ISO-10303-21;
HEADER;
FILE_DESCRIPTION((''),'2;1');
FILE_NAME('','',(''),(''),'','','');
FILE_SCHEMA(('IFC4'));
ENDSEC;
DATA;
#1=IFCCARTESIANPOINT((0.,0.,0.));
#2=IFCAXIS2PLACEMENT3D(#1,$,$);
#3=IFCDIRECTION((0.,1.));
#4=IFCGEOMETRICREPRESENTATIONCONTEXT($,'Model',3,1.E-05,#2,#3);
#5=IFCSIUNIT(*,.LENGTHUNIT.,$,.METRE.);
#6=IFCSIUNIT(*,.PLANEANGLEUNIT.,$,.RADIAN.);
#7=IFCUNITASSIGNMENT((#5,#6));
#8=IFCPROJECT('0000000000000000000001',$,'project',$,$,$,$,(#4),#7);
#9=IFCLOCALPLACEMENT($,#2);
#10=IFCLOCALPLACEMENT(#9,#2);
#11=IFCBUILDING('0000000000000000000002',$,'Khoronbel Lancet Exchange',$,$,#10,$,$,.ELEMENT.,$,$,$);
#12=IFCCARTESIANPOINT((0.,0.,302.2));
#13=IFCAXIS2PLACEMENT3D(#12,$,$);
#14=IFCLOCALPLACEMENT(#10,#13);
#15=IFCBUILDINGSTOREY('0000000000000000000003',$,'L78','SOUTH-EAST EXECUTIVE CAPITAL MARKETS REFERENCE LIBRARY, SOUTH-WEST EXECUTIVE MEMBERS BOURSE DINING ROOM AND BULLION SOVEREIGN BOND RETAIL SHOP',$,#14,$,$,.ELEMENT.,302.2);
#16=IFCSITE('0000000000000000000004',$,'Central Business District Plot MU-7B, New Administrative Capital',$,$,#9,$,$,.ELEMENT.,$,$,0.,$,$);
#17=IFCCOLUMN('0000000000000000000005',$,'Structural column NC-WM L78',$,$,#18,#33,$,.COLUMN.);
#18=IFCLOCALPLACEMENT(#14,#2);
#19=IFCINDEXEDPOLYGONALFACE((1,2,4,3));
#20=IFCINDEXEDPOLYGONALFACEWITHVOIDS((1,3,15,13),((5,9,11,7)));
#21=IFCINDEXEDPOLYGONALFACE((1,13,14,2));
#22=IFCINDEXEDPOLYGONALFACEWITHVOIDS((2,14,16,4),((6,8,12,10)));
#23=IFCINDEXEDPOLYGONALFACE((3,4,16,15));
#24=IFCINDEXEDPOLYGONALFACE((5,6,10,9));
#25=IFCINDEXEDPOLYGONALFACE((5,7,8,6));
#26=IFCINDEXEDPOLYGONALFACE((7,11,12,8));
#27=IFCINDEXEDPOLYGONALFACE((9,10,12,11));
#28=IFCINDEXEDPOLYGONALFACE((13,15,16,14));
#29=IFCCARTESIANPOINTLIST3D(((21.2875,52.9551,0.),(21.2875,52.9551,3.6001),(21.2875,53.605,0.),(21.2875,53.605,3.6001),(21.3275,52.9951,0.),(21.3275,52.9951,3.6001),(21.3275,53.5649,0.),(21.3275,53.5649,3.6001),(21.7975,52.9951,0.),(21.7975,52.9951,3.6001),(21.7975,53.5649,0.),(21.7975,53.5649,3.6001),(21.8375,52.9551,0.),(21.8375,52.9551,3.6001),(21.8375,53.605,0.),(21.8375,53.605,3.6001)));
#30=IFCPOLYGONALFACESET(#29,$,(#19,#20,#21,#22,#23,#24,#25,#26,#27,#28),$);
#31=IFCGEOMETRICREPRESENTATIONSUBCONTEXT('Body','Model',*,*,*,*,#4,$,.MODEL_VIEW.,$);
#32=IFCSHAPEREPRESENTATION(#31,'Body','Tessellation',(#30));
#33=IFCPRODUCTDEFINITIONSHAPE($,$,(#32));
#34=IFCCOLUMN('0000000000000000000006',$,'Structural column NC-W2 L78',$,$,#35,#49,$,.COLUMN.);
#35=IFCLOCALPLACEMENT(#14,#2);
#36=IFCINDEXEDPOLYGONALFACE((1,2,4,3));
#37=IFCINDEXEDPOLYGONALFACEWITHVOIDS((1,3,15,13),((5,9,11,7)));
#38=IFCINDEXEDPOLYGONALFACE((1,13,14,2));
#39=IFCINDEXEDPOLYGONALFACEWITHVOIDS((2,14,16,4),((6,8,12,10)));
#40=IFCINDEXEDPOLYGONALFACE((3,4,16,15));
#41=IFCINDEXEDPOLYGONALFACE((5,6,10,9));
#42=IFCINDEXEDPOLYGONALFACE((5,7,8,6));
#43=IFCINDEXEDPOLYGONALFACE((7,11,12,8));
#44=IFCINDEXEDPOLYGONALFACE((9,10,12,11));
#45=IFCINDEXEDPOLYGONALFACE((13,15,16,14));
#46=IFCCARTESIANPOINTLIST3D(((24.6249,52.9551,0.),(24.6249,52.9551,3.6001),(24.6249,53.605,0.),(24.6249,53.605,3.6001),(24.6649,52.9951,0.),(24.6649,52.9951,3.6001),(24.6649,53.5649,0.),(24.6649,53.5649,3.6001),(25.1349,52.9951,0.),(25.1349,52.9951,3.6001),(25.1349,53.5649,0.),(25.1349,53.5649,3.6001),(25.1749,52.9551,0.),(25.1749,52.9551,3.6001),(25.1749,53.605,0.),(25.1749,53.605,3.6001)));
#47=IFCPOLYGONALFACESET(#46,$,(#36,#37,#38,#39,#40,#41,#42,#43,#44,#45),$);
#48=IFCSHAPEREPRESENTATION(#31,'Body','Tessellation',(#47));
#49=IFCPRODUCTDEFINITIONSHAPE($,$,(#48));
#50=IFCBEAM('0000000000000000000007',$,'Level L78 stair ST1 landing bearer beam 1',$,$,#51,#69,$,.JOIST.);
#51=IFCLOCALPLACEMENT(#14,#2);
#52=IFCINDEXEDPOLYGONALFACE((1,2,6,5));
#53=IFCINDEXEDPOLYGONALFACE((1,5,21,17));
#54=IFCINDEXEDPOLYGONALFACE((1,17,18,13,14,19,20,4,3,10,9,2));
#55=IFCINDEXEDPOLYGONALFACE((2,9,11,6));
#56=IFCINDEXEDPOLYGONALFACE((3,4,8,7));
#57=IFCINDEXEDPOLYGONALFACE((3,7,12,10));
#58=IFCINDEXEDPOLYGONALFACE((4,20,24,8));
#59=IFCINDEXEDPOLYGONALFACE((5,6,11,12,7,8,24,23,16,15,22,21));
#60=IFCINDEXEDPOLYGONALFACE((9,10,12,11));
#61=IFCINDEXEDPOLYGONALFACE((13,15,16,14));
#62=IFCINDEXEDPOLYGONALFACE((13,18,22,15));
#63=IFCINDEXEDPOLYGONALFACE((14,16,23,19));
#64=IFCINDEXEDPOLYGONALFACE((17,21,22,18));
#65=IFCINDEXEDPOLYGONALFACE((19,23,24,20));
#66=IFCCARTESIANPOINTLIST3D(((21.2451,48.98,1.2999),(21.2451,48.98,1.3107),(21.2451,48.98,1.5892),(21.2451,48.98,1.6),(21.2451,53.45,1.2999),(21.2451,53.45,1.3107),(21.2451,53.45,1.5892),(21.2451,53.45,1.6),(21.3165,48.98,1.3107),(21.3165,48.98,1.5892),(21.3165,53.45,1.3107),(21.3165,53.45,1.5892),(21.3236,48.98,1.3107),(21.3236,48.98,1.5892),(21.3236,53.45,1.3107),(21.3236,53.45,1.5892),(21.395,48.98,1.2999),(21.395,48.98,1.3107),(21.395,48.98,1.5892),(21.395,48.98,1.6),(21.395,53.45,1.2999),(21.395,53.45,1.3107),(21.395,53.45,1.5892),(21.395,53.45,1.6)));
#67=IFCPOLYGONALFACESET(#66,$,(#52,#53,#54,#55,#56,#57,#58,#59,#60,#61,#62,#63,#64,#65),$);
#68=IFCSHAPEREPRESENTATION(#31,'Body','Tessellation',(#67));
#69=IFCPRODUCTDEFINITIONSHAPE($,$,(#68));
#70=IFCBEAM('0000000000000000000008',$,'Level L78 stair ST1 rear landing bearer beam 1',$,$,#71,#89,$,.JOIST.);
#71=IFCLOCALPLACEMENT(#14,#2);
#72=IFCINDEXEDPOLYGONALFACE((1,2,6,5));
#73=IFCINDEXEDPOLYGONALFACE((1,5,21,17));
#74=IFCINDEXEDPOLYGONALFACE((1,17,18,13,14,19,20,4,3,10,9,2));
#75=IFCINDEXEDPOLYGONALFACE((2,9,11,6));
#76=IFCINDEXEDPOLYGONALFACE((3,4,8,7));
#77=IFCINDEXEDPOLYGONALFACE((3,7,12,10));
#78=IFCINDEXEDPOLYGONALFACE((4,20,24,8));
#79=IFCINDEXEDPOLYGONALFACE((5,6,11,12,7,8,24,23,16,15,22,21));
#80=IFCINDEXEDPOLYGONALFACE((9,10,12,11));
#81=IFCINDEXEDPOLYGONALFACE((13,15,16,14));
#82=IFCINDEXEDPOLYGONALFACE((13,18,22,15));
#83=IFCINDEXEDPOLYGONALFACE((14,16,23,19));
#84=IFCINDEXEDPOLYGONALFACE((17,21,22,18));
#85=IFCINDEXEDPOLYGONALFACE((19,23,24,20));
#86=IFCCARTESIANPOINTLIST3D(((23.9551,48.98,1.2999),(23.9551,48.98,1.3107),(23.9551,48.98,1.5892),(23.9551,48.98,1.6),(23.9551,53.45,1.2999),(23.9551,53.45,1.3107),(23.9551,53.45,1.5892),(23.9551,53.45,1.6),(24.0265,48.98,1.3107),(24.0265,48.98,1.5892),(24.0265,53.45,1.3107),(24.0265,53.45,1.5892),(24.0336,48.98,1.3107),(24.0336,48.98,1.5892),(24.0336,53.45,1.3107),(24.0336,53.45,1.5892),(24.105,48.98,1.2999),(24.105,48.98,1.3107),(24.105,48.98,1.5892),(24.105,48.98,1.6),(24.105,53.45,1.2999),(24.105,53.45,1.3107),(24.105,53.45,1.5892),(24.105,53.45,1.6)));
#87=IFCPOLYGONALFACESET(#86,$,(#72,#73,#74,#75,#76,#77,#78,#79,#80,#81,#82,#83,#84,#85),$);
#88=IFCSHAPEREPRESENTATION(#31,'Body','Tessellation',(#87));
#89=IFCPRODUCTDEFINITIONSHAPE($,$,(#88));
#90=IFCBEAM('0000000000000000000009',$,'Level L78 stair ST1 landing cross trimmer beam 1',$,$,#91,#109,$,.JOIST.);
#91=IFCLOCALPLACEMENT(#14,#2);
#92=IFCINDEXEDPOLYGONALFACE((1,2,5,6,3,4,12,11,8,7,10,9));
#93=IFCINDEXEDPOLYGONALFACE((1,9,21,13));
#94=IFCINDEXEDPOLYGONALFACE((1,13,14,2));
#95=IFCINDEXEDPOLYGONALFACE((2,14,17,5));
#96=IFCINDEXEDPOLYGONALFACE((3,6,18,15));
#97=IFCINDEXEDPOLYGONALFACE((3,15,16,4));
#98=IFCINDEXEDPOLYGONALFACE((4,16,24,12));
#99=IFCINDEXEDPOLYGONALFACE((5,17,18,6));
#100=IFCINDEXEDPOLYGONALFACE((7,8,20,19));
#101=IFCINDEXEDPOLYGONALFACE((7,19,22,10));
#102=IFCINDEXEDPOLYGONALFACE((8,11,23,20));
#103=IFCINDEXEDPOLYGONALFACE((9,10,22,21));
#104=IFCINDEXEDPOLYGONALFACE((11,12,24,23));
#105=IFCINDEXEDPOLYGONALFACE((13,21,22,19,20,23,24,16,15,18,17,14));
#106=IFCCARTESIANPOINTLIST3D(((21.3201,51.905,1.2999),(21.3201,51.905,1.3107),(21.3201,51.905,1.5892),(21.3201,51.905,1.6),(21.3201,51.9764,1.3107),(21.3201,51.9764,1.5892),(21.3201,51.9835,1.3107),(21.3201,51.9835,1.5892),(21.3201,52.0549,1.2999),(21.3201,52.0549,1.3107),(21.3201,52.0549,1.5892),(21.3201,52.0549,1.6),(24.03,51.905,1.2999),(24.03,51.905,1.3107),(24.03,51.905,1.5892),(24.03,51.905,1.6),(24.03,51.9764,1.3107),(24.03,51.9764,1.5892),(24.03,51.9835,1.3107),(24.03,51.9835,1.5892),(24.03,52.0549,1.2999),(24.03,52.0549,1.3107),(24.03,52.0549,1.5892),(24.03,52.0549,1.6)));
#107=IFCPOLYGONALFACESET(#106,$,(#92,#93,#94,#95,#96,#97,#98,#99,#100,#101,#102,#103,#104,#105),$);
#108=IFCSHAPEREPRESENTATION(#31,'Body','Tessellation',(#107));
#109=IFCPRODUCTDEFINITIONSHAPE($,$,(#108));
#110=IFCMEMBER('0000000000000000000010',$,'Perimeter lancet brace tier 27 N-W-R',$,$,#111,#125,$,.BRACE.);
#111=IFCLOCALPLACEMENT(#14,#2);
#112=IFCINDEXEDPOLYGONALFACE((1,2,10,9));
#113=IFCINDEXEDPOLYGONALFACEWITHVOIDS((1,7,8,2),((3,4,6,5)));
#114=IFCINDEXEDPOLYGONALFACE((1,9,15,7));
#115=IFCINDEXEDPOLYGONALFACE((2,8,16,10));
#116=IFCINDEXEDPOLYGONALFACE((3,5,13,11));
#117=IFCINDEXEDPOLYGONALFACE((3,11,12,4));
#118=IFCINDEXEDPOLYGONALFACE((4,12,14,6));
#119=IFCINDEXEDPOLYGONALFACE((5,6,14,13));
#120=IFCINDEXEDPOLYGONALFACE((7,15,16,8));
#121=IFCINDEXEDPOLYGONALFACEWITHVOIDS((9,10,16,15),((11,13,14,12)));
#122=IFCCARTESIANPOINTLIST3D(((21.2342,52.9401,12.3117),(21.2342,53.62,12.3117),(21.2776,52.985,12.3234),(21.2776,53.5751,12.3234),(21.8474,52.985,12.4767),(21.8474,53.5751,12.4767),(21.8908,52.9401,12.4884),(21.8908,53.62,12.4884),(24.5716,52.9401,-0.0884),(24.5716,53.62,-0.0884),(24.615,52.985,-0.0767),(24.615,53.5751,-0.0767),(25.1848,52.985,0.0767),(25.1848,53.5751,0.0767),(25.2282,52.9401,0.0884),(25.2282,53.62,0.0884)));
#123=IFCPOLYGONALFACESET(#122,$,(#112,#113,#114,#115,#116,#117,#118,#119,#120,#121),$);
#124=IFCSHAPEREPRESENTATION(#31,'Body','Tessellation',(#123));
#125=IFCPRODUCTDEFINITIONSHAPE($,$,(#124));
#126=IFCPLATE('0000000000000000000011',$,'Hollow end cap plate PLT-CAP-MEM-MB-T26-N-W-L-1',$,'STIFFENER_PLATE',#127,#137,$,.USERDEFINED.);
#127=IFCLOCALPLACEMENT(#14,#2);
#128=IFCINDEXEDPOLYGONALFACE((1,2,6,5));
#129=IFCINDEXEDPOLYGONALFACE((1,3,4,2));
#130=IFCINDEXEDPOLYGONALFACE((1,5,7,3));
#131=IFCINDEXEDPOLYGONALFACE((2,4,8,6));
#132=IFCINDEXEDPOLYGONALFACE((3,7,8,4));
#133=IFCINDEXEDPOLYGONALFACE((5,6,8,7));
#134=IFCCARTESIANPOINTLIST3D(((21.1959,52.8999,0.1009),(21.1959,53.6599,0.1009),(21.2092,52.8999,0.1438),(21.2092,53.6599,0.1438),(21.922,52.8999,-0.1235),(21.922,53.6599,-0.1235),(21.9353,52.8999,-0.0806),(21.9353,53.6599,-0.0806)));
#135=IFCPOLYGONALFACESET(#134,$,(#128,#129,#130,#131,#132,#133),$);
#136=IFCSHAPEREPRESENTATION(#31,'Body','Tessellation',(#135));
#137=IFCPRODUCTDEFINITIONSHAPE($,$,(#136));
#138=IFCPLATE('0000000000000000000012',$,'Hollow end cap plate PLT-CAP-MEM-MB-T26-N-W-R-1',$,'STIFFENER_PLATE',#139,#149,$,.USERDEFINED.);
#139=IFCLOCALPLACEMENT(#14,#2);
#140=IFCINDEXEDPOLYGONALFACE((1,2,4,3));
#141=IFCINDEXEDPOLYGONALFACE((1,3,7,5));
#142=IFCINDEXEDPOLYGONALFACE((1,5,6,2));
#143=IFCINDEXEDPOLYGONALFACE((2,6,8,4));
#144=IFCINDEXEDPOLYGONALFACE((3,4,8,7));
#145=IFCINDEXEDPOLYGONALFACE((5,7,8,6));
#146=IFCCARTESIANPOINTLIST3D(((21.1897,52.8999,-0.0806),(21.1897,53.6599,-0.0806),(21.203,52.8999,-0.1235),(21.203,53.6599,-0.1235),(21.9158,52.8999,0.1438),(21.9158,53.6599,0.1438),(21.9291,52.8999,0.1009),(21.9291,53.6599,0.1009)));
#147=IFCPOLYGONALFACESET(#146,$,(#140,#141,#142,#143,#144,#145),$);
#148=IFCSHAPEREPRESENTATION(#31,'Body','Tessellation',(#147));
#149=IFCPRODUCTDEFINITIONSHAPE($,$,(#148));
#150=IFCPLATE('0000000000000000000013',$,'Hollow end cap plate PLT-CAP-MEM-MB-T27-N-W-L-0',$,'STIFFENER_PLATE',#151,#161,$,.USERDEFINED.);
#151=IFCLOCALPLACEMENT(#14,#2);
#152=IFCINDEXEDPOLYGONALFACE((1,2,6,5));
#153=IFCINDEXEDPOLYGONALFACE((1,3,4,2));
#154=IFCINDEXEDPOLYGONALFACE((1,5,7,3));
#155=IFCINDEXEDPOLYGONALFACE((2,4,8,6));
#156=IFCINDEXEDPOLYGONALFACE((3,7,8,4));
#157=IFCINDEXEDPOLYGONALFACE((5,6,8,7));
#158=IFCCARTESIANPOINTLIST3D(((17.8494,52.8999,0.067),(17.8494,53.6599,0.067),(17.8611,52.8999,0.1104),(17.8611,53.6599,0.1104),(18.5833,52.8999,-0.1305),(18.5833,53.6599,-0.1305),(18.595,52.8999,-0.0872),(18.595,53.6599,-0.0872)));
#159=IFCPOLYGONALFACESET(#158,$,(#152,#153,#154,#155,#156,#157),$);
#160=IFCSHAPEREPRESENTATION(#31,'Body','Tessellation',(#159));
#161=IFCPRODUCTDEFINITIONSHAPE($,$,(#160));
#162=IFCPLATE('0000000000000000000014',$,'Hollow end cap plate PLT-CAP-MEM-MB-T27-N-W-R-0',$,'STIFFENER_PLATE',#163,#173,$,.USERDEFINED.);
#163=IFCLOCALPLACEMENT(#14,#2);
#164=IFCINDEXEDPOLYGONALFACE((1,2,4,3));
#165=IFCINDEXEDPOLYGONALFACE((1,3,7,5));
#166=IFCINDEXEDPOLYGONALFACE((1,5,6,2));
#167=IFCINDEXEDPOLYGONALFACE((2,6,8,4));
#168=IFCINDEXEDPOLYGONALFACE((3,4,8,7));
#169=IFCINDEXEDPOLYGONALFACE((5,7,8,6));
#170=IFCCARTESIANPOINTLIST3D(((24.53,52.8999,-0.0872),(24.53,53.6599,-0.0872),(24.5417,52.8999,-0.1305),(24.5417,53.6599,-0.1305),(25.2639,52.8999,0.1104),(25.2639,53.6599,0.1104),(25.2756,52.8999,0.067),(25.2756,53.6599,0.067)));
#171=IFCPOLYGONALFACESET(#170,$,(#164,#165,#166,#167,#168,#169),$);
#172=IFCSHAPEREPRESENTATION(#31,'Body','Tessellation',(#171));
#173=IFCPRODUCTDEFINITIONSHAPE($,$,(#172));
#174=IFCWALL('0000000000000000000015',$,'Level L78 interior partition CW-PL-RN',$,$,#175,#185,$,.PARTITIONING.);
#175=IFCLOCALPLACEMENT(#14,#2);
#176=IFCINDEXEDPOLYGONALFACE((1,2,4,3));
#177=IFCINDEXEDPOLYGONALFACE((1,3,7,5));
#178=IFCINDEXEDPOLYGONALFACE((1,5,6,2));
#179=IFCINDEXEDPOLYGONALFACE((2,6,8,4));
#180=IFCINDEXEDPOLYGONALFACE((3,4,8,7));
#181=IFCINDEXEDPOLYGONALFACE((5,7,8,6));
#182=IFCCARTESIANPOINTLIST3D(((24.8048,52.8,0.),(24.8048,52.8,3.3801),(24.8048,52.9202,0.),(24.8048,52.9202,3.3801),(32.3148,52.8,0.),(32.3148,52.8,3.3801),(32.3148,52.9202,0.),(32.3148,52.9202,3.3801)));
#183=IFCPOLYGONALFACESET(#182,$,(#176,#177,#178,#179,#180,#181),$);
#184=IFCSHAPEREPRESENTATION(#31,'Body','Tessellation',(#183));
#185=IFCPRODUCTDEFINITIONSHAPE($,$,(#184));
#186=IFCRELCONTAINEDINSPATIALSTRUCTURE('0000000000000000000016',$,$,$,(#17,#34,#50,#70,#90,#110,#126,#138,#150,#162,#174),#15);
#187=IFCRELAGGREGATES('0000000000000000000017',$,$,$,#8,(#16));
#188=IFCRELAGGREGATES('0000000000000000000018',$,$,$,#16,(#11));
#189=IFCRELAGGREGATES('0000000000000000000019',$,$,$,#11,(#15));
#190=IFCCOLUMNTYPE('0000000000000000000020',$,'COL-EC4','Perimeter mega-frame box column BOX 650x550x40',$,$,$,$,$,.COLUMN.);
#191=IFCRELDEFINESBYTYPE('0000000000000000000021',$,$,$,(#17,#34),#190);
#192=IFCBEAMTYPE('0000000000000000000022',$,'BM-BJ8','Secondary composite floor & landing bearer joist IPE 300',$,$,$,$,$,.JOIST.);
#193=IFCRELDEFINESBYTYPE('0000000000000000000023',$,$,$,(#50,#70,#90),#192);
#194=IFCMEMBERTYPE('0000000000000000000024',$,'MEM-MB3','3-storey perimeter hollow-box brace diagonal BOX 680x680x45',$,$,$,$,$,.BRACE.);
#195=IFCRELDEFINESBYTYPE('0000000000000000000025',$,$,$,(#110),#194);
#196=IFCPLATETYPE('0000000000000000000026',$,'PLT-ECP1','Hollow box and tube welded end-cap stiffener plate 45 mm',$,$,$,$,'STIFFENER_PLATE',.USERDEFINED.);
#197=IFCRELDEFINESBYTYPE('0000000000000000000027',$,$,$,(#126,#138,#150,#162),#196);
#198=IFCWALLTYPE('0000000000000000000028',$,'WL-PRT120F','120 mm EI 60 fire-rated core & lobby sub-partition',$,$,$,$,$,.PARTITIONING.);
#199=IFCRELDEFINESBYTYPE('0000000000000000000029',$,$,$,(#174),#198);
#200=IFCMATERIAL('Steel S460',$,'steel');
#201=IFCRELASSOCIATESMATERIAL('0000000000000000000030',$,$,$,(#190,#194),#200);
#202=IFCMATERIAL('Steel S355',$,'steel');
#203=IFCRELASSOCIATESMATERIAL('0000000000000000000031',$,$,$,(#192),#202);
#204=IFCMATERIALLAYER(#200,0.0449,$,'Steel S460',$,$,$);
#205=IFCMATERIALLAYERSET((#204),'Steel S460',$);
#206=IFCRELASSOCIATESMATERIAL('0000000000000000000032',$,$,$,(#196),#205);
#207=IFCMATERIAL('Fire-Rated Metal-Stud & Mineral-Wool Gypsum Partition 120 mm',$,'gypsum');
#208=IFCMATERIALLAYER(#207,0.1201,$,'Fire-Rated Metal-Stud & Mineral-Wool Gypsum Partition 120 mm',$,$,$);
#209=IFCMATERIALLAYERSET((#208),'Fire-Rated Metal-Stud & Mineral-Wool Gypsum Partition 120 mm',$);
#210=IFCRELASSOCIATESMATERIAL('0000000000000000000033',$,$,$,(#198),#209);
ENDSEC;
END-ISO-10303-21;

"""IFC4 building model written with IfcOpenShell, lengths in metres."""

from ifc_helpers import new_model, si_unit, direction, frame, frame_2d, origin, origin_2d, place, context, subcontext, project, spatial, polyline, rectangle, hollow_rectangle, i_section, outline, extrude, material, layer, layer_set, material_profile, profile_set, type_object, element, save


model = new_model("IFC4")

# Units and contexts
model_context = context("Model", 3, precision=1e-05, world=origin(), true_north=direction((0.0, 1.0)))
body_context = subcontext(model_context, "Body", "Model", "MODEL_VIEW")
ifc_project = project(units=[si_unit("LENGTHUNIT", "METRE"), si_unit("PLANEANGLEUNIT", "RADIAN")], contexts=[model_context])

# Site, building, storey
site_placement = place(None, origin())
site = spatial("IfcSite", under=ifc_project, at=site_placement, Name="Central Business District Plot MU-7B, New Administrative Capital", CompositionType="ELEMENT", RefElevation=0.0)
building_placement = place(site_placement, origin())
building = spatial("IfcBuilding", under=site, at=building_placement, Name="Khoronbel Lancet Exchange", CompositionType="ELEMENT")
storey_placement = place(building_placement, frame((0.0, 0.0, 302.2)))
storey = spatial("IfcBuildingStorey", under=building, at=storey_placement, Name="L78", Description="SOUTH-EAST EXECUTIVE CAPITAL MARKETS REFERENCE LIBRARY, SOUTH-WEST EXECUTIVE MEMBERS BOURSE DINING ROOM AND BULLION SOVEREIGN BOND RETAIL SHOP", CompositionType="ELEMENT", Elevation=302.2)

# Columns
ifc_material_1 = material(Name="Steel S460", Category="steel")
ifc_material_profile_1 = material_profile(ifc_material_1, hollow_rectangle(XDim=0.55, YDim=0.6499, WallThickness=0.04, at=origin_2d()), Name="BOX 650x550x40")
ifc_profile_set_1 = profile_set([ifc_material_profile_1], Name="Steel S460")
column_type = type_object("IfcColumnType", Name="COL-EC4", Description="Perimeter mega-frame box column BOX 650x550x40", PredefinedType="COLUMN", material=ifc_profile_set_1)
for number, where, z_axis, x_axis, name in (
    (1, (21.5625, 53.28, 0.0), (0.0, 0.0, 1.0), (1.0, 0.0, 0.0), "Structural column NC-WM L78"),
    (2, (24.8999, 53.28, 0.0), (0.0, 0.0, 1.0), (1.0, 0.0, 0.0), "Structural column NC-W2 L78"),
):
    element("IfcColumn", number, at=place(storey_placement, frame(where, z_axis=z_axis, x_axis=x_axis)), inside=storey, type_object=column_type, Name=name, PredefinedType="COLUMN", context=body_context, shape_type="SweptSolid", body=[
        extrude(hollow_rectangle(XDim=0.55, YDim=0.6499, WallThickness=0.04, at=origin_2d()), origin(), (0.0, 0.0, 1.0), 3.6001),
    ])

# Beams
ifc_material_2 = material(Name="Steel S355", Category="steel")
ifc_material_profile_2 = material_profile(ifc_material_2, i_section(OverallWidth=0.1499, OverallDepth=0.3, WebThickness=0.0071, FlangeThickness=0.0107, at=origin_2d()), Name="IPE 300")
ifc_profile_set_2 = profile_set([ifc_material_profile_2], Name="Steel S355")
beam_type = type_object("IfcBeamType", Name="BM-BJ8", Description="Secondary composite floor & landing bearer joist IPE 300", PredefinedType="JOIST", material=ifc_profile_set_2)
for number, where, z_axis, x_axis, name in (
    (3, (21.3201, 48.98, 1.45), (0.0, 1.0, 0.0), (-1.0, 0.0, 0.0), "Level L78 stair ST1 landing bearer beam 1"),
    (4, (24.03, 48.98, 1.45), (0.0, 1.0, 0.0), (-1.0, 0.0, 0.0), "Level L78 stair ST1 rear landing bearer beam 1"),
):
    element("IfcBeam", number, at=place(storey_placement, frame(where, z_axis=z_axis, x_axis=x_axis)), inside=storey, type_object=beam_type, Name=name, PredefinedType="JOIST", context=body_context, shape_type="SweptSolid", body=[
        extrude(i_section(OverallWidth=0.1499, OverallDepth=0.3, WebThickness=0.0071, FlangeThickness=0.0107, at=origin_2d()), origin(), (0.0, 0.0, 1.0), 4.47),
    ])
beam_placement = place(storey_placement, frame((21.3201, 51.98, 1.45), z_axis=(1.0, 0.0, 0.0), x_axis=(0.0, 1.0, 0.0)))
element("IfcBeam", 5, at=beam_placement, inside=storey, type_object=beam_type, Name="Level L78 stair ST1 landing cross trimmer beam 1", PredefinedType="JOIST", context=body_context, shape_type="SweptSolid", body=[
    extrude(i_section(OverallWidth=0.1499, OverallDepth=0.3, WebThickness=0.0071, FlangeThickness=0.0107, at=origin_2d()), origin(), (0.0, 0.0, 1.0), 2.71),
])

# Member
ifc_material_profile_3 = material_profile(ifc_material_1, hollow_rectangle(XDim=0.6799, YDim=0.6799, WallThickness=0.0449, at=origin_2d()), Name="BOX 680x680x45")
ifc_profile_set_3 = profile_set([ifc_material_profile_3], Name="Steel S460")
member_type = type_object("IfcMemberType", Name="MEM-MB3", Description="3-storey perimeter hollow-box brace diagonal BOX 680x680x45", PredefinedType="BRACE", material=ifc_profile_set_3)
member_placement = place(storey_placement, frame((24.8999, 53.28, 0.0), z_axis=(-0.259894, 0.0, 0.965637), x_axis=(0.0, -1.0, 0.0)))
element("IfcMember", 6, at=member_placement, inside=storey, type_object=member_type, Name="Perimeter lancet brace tier 27 N-W-R", PredefinedType="BRACE", context=body_context, shape_type="SweptSolid", body=[
    extrude(hollow_rectangle(XDim=0.6799, YDim=0.6799, WallThickness=0.0449, at=origin_2d()), origin(), (0.0, 0.0, 1.0), 12.8413),
])

# Plates
ifc_layer_1 = layer(ifc_material_1, 0.0449, Name="Steel S460")
ifc_layer_set_1 = layer_set([ifc_layer_1], Name="Steel S460")
plate_type = type_object("IfcPlateType", Name="PLT-ECP1", Description="Hollow box and tube welded end-cap stiffener plate 45 mm", ElementType="STIFFENER_PLATE", PredefinedType="USERDEFINED", material=ifc_layer_set_1)
for number, where, z_axis, x_axis, name in (
    (7, (21.9353, 52.8999, -0.0806), (0.295237, 0.0, 0.955424), (0.0, 1.0, 0.0), "Hollow end cap plate PLT-CAP-MEM-MB-T26-N-W-L-1"),
    (8, (21.1897, 53.6599, -0.0806), (-0.295237, 0.0, 0.955424), (0.0, -1.0, 0.0), "Hollow end cap plate PLT-CAP-MEM-MB-T26-N-W-R-1"),
    (9, (18.595, 52.8999, -0.0872), (0.259881, 0.0, 0.965641), (0.0, 1.0, 0.0), "Hollow end cap plate PLT-CAP-MEM-MB-T27-N-W-L-0"),
    (10, (24.53, 53.6599, -0.0872), (-0.259881, 0.0, 0.965641), (0.0, -1.0, 0.0), "Hollow end cap plate PLT-CAP-MEM-MB-T27-N-W-R-0"),
):
    element("IfcPlate", number, at=place(storey_placement, frame(where, z_axis=z_axis, x_axis=x_axis)), inside=storey, type_object=plate_type, Name=name, ObjectType="STIFFENER_PLATE", PredefinedType="USERDEFINED", context=body_context, shape_type="SweptSolid", body=[
        extrude(outline(polyline([(0.0, 0.0), (0.76, 0.0), (0.76, 0.76), (0.0, 0.76), (0.0, 0.0)])), origin(), (0.0, 0.0, -1.0), 0.0449),
    ])

# Wall
ifc_material_3 = material(Name="Fire-Rated Metal-Stud & Mineral-Wool Gypsum Partition 120 mm", Category="gypsum")
ifc_layer_2 = layer(ifc_material_3, 0.1201, Name="Fire-Rated Metal-Stud & Mineral-Wool Gypsum Partition 120 mm")
ifc_layer_set_2 = layer_set([ifc_layer_2], Name="Fire-Rated Metal-Stud & Mineral-Wool Gypsum Partition 120 mm")
wall_type_1 = type_object("IfcWallType", Name="WL-PRT120F", Description="120 mm EI 60 fire-rated core & lobby sub-partition", PredefinedType="PARTITIONING", material=ifc_layer_set_2)
wall_1_placement = place(storey_placement, frame((24.8049, 52.8601, 0.0), z_axis=(0.0, 0.0, 1.0), x_axis=(1.0, 0.0, 0.0)))
element("IfcWall", 11, at=wall_1_placement, inside=storey, type_object=wall_type_1, Name="Level L78 interior partition CW-PL-RN", PredefinedType="PARTITIONING", context=body_context, shape_type="SweptSolid", body=[
    extrude(rectangle(XDim=7.51, YDim=0.1201, at=frame_2d((3.7549, 0.0))), origin(), (0.0, 0.0, 1.0), 3.3801),
])

save(model, "model.ifc")
